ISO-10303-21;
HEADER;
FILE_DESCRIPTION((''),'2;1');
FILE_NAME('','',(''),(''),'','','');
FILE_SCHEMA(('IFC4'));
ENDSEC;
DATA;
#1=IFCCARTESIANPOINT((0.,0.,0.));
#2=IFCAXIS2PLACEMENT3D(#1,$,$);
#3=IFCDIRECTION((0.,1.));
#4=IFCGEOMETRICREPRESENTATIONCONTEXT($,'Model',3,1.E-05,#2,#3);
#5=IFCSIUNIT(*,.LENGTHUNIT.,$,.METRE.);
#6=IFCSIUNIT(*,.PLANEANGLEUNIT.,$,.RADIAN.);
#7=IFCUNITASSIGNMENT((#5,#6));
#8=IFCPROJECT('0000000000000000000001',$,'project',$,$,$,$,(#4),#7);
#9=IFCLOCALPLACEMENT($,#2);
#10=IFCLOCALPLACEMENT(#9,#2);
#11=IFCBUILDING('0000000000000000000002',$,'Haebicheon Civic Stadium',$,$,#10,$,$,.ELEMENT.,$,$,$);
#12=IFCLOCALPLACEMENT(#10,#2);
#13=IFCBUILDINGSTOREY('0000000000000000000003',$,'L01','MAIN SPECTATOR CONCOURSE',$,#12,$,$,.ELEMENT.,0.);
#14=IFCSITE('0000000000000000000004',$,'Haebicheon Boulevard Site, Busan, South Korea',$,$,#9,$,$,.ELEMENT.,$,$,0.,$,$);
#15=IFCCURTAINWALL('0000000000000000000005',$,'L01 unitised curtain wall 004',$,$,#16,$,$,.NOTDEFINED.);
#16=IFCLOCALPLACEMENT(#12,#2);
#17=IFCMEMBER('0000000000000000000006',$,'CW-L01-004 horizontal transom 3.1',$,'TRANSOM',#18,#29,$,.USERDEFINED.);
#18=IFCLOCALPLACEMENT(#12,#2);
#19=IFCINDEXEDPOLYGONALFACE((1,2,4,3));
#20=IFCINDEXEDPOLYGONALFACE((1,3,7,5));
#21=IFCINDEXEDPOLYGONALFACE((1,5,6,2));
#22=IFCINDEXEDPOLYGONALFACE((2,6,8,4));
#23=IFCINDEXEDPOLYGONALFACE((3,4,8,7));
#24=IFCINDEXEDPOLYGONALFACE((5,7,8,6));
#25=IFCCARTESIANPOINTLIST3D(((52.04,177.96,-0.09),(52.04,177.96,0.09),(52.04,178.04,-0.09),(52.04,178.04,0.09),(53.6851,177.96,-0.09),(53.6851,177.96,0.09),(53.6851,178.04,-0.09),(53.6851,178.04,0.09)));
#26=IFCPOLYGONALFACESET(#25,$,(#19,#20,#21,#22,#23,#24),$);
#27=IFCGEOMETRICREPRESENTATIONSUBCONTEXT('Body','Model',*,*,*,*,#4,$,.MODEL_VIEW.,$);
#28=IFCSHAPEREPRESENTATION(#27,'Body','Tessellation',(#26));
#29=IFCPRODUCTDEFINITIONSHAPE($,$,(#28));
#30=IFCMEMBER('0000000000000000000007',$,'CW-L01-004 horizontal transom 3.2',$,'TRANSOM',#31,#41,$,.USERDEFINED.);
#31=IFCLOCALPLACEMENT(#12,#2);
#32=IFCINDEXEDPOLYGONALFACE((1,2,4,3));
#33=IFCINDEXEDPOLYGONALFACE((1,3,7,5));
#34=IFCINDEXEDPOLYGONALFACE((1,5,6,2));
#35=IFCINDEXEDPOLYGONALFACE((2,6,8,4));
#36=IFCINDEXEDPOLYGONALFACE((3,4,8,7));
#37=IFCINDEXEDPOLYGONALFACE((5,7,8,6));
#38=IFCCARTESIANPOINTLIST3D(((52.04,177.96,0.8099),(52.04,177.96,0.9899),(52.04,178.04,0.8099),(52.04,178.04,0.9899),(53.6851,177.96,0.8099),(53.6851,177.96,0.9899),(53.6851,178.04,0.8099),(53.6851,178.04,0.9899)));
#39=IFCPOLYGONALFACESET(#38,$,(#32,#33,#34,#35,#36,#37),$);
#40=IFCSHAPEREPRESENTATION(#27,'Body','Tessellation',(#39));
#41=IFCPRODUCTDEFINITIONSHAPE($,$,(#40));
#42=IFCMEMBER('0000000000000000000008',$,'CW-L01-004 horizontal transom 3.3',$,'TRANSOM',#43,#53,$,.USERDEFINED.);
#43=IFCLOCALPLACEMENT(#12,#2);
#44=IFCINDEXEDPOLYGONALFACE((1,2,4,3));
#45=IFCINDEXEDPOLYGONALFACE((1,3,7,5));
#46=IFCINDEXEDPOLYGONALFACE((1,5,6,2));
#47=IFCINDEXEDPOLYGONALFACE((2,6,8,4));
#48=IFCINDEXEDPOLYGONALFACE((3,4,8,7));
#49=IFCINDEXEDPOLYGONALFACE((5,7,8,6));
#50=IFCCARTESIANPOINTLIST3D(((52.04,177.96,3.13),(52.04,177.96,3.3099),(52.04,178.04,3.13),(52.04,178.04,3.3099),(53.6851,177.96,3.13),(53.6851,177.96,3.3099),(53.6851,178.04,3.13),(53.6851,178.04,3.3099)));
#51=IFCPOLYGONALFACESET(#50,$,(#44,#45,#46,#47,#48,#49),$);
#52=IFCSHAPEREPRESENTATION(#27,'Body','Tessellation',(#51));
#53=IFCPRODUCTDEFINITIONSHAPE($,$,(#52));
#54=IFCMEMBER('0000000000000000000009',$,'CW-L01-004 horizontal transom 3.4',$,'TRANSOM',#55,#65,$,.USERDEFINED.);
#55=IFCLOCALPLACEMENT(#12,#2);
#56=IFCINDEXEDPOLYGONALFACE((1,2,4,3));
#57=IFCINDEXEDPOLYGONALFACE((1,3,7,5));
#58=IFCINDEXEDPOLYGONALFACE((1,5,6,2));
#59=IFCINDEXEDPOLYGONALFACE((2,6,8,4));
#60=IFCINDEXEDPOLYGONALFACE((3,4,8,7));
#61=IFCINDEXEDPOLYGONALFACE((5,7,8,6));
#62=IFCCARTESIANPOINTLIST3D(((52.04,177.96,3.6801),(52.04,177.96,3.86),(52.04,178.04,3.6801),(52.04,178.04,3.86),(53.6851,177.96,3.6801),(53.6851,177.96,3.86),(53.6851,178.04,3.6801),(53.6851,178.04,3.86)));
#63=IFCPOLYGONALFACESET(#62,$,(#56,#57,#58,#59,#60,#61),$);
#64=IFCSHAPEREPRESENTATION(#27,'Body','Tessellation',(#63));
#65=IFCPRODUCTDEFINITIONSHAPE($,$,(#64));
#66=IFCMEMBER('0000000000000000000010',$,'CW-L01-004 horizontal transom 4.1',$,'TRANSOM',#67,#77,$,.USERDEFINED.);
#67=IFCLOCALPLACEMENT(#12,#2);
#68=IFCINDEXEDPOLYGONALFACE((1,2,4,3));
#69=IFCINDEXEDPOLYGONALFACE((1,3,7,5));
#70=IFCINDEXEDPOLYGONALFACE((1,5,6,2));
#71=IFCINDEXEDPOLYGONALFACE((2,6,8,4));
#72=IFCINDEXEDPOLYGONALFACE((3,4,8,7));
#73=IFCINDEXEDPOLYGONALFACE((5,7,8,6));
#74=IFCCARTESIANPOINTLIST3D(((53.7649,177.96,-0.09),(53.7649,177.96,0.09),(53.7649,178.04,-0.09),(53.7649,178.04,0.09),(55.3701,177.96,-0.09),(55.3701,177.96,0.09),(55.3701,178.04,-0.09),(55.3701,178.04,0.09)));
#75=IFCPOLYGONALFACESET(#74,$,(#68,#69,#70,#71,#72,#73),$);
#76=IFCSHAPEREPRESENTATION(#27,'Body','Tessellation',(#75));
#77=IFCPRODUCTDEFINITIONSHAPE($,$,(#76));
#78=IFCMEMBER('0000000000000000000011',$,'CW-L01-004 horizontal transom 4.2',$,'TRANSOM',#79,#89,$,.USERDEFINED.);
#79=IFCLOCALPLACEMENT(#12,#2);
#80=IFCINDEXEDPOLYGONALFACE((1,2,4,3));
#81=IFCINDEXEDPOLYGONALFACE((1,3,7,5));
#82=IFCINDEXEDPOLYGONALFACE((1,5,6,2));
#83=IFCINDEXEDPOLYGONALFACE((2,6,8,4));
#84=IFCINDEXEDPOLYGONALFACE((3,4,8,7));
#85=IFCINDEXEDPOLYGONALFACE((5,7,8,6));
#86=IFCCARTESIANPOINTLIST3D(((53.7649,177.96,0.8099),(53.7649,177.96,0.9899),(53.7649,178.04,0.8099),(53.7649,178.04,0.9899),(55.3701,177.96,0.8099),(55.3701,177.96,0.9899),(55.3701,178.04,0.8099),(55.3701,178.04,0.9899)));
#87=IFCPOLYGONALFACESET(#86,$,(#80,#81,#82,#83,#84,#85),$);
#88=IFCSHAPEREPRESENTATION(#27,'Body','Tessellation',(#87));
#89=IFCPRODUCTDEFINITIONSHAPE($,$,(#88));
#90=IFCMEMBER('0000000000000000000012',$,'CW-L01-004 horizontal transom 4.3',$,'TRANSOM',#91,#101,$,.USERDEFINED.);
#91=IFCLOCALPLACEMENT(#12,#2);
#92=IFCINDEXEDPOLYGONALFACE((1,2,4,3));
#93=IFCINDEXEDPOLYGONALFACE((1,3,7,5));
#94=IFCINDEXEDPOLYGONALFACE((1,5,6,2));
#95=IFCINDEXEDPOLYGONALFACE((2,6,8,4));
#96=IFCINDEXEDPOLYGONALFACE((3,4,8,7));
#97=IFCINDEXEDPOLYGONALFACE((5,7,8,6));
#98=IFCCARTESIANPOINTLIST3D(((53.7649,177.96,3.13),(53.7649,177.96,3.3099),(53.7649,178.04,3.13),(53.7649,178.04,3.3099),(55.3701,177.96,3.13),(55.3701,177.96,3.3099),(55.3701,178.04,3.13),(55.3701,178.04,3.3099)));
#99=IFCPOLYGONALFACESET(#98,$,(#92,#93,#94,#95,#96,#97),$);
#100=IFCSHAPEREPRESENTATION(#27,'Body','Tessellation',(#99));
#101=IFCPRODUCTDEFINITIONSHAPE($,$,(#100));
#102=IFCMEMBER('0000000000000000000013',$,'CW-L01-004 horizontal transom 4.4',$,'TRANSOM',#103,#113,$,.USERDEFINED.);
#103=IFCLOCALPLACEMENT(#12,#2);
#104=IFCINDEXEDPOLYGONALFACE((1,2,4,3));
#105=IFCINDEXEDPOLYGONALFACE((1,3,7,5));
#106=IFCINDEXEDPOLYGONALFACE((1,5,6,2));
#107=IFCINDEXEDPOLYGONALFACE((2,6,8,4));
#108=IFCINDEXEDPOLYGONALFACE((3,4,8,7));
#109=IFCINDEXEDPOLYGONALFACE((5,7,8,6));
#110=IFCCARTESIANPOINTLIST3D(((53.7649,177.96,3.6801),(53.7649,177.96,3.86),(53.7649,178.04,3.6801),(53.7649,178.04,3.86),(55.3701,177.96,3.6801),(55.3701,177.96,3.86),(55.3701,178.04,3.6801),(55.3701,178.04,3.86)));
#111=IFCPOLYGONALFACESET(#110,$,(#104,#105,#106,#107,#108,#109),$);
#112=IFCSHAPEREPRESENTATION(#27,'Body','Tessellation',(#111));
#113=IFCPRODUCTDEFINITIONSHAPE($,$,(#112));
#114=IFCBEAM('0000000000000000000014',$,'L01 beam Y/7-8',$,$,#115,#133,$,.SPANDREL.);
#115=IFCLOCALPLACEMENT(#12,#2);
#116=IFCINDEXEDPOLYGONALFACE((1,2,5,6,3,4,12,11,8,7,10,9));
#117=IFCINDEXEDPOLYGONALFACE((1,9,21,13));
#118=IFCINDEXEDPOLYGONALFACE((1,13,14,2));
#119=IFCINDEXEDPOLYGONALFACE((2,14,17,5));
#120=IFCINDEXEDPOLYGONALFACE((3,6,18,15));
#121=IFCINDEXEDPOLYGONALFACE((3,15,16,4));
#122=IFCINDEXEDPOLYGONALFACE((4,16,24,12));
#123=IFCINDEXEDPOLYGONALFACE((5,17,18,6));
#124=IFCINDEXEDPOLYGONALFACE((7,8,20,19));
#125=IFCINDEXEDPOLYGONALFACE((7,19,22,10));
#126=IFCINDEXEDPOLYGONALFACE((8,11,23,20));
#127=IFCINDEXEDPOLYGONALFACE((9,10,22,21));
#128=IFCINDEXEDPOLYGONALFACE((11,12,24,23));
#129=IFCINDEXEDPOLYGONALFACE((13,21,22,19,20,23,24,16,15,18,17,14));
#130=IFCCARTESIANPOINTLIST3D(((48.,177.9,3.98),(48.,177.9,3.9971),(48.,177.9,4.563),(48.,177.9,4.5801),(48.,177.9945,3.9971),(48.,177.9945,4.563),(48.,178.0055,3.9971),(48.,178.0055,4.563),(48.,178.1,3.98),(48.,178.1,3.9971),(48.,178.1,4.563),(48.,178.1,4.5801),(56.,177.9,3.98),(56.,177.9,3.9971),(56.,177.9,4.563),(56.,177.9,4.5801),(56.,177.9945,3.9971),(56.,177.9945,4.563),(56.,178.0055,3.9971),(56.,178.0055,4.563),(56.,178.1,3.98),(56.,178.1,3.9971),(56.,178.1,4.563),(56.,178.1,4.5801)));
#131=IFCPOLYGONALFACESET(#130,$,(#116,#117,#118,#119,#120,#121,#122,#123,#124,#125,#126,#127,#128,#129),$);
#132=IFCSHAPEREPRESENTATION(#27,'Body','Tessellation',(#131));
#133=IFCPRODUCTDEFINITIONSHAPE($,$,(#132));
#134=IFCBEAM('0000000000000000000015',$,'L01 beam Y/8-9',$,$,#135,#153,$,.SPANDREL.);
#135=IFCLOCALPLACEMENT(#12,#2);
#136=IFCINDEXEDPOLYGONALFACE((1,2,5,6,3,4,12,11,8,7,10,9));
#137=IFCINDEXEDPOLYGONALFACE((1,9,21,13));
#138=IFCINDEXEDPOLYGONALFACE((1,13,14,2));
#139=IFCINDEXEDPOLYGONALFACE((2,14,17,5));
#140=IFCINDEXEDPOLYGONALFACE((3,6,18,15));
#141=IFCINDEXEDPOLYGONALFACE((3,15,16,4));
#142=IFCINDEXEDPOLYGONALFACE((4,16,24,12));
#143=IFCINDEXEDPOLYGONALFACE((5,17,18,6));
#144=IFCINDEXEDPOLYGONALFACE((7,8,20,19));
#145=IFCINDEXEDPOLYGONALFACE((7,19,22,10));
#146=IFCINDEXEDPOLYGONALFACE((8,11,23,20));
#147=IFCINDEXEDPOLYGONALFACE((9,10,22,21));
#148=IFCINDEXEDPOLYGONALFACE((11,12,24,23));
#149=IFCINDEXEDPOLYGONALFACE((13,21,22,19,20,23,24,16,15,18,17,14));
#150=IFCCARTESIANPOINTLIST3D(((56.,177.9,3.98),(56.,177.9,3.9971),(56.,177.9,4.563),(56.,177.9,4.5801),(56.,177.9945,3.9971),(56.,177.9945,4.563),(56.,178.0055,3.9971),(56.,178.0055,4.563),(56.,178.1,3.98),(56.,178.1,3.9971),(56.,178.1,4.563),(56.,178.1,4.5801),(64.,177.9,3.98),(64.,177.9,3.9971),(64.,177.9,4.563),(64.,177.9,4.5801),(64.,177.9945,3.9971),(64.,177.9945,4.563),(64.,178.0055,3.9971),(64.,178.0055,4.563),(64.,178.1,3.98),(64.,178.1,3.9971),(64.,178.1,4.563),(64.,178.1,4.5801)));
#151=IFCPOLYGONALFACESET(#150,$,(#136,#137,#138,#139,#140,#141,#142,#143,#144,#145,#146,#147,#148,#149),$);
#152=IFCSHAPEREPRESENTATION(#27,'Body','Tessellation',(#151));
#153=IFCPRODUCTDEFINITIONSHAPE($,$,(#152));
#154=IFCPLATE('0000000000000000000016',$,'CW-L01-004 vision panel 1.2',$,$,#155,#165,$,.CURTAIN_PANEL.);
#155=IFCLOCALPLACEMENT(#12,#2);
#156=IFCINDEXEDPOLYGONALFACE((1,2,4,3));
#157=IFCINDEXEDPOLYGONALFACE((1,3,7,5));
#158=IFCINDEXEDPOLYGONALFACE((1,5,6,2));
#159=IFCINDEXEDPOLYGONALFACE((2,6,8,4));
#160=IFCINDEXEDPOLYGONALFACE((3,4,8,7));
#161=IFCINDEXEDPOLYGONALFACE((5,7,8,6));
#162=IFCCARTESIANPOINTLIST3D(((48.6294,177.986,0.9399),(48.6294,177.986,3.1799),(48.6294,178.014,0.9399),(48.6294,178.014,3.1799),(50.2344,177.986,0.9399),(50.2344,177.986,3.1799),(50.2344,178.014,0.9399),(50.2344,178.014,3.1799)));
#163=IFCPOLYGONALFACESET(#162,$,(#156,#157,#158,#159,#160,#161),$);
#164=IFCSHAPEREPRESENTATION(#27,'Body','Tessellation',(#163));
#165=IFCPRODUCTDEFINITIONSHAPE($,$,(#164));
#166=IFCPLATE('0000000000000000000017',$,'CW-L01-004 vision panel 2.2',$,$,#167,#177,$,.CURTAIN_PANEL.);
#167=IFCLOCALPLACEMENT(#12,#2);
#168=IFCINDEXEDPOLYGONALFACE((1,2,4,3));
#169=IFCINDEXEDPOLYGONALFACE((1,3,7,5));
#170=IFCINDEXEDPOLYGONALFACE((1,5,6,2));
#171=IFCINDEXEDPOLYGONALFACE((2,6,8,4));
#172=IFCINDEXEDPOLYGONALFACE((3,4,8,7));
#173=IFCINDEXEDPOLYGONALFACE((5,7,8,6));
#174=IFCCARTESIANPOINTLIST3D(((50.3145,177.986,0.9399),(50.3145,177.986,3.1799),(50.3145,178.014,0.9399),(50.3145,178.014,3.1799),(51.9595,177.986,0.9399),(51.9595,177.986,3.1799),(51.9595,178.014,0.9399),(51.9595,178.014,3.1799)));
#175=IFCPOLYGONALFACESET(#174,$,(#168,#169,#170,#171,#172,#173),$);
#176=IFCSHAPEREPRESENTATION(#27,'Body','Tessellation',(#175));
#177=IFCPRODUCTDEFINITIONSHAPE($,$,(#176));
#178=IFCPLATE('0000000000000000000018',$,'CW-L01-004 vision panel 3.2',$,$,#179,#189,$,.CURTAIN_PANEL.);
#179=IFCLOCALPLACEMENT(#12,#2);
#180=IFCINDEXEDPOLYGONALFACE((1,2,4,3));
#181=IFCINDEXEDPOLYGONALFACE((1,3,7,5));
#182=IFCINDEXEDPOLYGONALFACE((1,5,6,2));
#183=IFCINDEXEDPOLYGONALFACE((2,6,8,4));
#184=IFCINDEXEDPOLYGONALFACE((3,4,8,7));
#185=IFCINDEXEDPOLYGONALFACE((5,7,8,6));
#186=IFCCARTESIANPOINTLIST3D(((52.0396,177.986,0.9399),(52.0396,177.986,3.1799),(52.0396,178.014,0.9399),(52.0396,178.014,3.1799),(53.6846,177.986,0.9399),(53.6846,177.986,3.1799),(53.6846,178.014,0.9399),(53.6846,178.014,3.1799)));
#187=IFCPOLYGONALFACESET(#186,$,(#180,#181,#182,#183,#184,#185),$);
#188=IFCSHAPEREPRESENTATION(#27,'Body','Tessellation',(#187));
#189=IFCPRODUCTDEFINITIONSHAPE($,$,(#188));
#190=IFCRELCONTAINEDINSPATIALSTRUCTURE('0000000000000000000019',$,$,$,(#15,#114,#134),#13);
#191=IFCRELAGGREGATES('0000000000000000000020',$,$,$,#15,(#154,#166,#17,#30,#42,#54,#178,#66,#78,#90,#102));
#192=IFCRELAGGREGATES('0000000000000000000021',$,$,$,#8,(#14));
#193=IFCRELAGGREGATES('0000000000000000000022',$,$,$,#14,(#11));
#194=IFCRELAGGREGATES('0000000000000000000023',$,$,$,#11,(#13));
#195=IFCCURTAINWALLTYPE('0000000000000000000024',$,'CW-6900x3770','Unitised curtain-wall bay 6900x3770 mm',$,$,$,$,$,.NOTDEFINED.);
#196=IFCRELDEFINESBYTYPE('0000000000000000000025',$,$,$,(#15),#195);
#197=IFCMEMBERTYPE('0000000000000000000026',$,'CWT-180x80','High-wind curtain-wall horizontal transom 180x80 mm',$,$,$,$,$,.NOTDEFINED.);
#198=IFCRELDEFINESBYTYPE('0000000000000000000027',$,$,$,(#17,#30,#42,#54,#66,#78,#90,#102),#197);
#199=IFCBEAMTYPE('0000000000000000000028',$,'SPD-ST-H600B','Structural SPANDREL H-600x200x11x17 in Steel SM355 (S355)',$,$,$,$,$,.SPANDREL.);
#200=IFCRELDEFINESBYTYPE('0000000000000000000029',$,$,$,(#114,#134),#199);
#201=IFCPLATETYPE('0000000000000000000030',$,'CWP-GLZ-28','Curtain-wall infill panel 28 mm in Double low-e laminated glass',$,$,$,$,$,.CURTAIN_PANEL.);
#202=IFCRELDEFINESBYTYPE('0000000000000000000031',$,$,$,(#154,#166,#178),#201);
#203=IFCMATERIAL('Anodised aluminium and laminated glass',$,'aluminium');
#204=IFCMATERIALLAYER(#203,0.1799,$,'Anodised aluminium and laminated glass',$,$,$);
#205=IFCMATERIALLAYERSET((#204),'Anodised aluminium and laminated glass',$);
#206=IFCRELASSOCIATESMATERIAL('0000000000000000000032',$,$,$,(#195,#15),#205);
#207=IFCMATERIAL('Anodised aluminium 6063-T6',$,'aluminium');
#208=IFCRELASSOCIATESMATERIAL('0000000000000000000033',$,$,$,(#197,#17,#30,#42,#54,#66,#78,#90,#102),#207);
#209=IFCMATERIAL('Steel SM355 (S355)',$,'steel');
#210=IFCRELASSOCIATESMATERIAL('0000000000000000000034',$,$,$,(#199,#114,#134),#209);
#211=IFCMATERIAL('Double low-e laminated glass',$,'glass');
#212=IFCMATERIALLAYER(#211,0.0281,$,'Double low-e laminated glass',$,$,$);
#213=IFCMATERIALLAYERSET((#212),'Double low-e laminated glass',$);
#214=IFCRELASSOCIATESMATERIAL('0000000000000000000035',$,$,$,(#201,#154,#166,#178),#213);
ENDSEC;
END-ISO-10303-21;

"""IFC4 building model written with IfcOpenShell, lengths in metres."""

from ifc_helpers import new_model, si_unit, direction, frame, origin, origin_2d, place, context, subcontext, project, spatial, rectangle, i_section, extrude, material, layer, layer_set, material_profile, profile_set, type_object, element, aggregate, save


model = new_model("IFC4")

# Units and contexts
model_context = context("Model", 3, precision=1e-05, world=origin(), true_north=direction((0.0, 1.0)))
body_context = subcontext(model_context, "Body", "Model", "MODEL_VIEW")
ifc_project = project(units=[si_unit("LENGTHUNIT", "METRE"), si_unit("PLANEANGLEUNIT", "RADIAN")], contexts=[model_context])

# Site, building, storey
site_placement = place(None, origin())
site = spatial("IfcSite", under=ifc_project, at=site_placement, Name="Haebicheon Boulevard Site, Busan, South Korea", CompositionType="ELEMENT", RefElevation=0.0)
building_placement = place(site_placement, origin())
building = spatial("IfcBuilding", under=site, at=building_placement, Name="Haebicheon Civic Stadium", CompositionType="ELEMENT")
storey_placement = place(building_placement, origin())
storey = spatial("IfcBuildingStorey", under=building, at=storey_placement, Name="L01", Description="MAIN SPECTATOR CONCOURSE", CompositionType="ELEMENT", Elevation=0.0)

# Curtain wall, members
ifc_material_1 = material(Name="Anodised aluminium and laminated glass", Category="aluminium")
ifc_layer_1 = layer(ifc_material_1, 0.1799, Name="Anodised aluminium and laminated glass")
ifc_layer_set_1 = layer_set([ifc_layer_1], Name="Anodised aluminium and laminated glass")
curtain_wall_type = type_object("IfcCurtainWallType", Name="CW-6900x3770", Description="Unitised curtain-wall bay 6900x3770 mm", PredefinedType="NOTDEFINED", material=ifc_layer_set_1)
curtain_wall_placement = place(storey_placement, origin())
curtain_wall = element("IfcCurtainWall", 1, at=curtain_wall_placement, inside=storey, type_object=curtain_wall_type, material=ifc_layer_set_1, Name="L01 unitised curtain wall 004", PredefinedType="NOTDEFINED")
ifc_material_2 = material(Name="Anodised aluminium 6063-T6", Category="aluminium")
ifc_material_profile_1 = material_profile(ifc_material_2, rectangle(XDim=0.0801, YDim=0.1799, at=origin_2d()), Name="ALU-TRAN-80x180")
ifc_profile_set_1 = profile_set([ifc_material_profile_1], Name="Anodised aluminium 6063-T6")
member_type_1 = type_object("IfcMemberType", Name="CWT-180x80", Description="High-wind curtain-wall horizontal transom 180x80 mm", PredefinedType="NOTDEFINED", material=ifc_profile_set_1)
member_1_placement = place(storey_placement, frame((52.04, 178.0, 0.0), z_axis=(1.0, 0.0, 0.0), x_axis=(0.0, 1.0, 0.0)))
member_1 = element("IfcMember", 2, at=member_1_placement, type_object=member_type_1, material=ifc_profile_set_1, Name="CW-L01-004 horizontal transom 3.1", ObjectType="TRANSOM", PredefinedType="USERDEFINED", context=body_context, shape_type="SweptSolid", body=[
    extrude(rectangle(XDim=0.0801, YDim=0.1799, at=origin_2d()), origin(), (0.0, 0.0, 1.0), 1.645),
])
member_2_placement = place(storey_placement, frame((52.04, 178.0, 0.8999), z_axis=(1.0, 0.0, 0.0), x_axis=(0.0, 1.0, 0.0)))
member_2 = element("IfcMember", 3, at=member_2_placement, type_object=member_type_1, material=ifc_profile_set_1, Name="CW-L01-004 horizontal transom 3.2", ObjectType="TRANSOM", PredefinedType="USERDEFINED", context=body_context, shape_type="SweptSolid", body=[
    extrude(rectangle(XDim=0.0801, YDim=0.1799, at=origin_2d()), origin(), (0.0, 0.0, 1.0), 1.645),
])
member_3_placement = place(storey_placement, frame((52.04, 178.0, 3.22), z_axis=(1.0, 0.0, 0.0), x_axis=(0.0, 1.0, 0.0)))
member_3 = element("IfcMember", 4, at=member_3_placement, type_object=member_type_1, material=ifc_profile_set_1, Name="CW-L01-004 horizontal transom 3.3", ObjectType="TRANSOM", PredefinedType="USERDEFINED", context=body_context, shape_type="SweptSolid", body=[
    extrude(rectangle(XDim=0.0801, YDim=0.1799, at=origin_2d()), origin(), (0.0, 0.0, 1.0), 1.645),
])
member_4_placement = place(storey_placement, frame((52.04, 178.0, 3.77), z_axis=(1.0, 0.0, 0.0), x_axis=(0.0, 1.0, 0.0)))
member_4 = element("IfcMember", 5, at=member_4_placement, type_object=member_type_1, material=ifc_profile_set_1, Name="CW-L01-004 horizontal transom 3.4", ObjectType="TRANSOM", PredefinedType="USERDEFINED", context=body_context, shape_type="SweptSolid", body=[
    extrude(rectangle(XDim=0.0801, YDim=0.1799, at=origin_2d()), origin(), (0.0, 0.0, 1.0), 1.645),
])
member_5_placement = place(storey_placement, frame((53.7649, 178.0, 0.0), z_axis=(1.0, 0.0, 0.0), x_axis=(0.0, 1.0, 0.0)))
member_5 = element("IfcMember", 6, at=member_5_placement, type_object=member_type_1, material=ifc_profile_set_1, Name="CW-L01-004 horizontal transom 4.1", ObjectType="TRANSOM", PredefinedType="USERDEFINED", context=body_context, shape_type="SweptSolid", body=[
    extrude(rectangle(XDim=0.0801, YDim=0.1799, at=origin_2d()), origin(), (0.0, 0.0, 1.0), 1.6052),
])
member_6_placement = place(storey_placement, frame((53.7649, 178.0, 0.8999), z_axis=(1.0, 0.0, 0.0), x_axis=(0.0, 1.0, 0.0)))
member_6 = element("IfcMember", 7, at=member_6_placement, type_object=member_type_1, material=ifc_profile_set_1, Name="CW-L01-004 horizontal transom 4.2", ObjectType="TRANSOM", PredefinedType="USERDEFINED", context=body_context, shape_type="SweptSolid", body=[
    extrude(rectangle(XDim=0.0801, YDim=0.1799, at=origin_2d()), origin(), (0.0, 0.0, 1.0), 1.6052),
])
member_7_placement = place(storey_placement, frame((53.7649, 178.0, 3.22), z_axis=(1.0, 0.0, 0.0), x_axis=(0.0, 1.0, 0.0)))
member_7 = element("IfcMember", 8, at=member_7_placement, type_object=member_type_1, material=ifc_profile_set_1, Name="CW-L01-004 horizontal transom 4.3", ObjectType="TRANSOM", PredefinedType="USERDEFINED", context=body_context, shape_type="SweptSolid", body=[
    extrude(rectangle(XDim=0.0801, YDim=0.1799, at=origin_2d()), origin(), (0.0, 0.0, 1.0), 1.6052),
])
member_8_placement = place(storey_placement, frame((53.7649, 178.0, 3.77), z_axis=(1.0, 0.0, 0.0), x_axis=(0.0, 1.0, 0.0)))
member_8 = element("IfcMember", 9, at=member_8_placement, type_object=member_type_1, material=ifc_profile_set_1, Name="CW-L01-004 horizontal transom 4.4", ObjectType="TRANSOM", PredefinedType="USERDEFINED", context=body_context, shape_type="SweptSolid", body=[
    extrude(rectangle(XDim=0.0801, YDim=0.1799, at=origin_2d()), origin(), (0.0, 0.0, 1.0), 1.6052),
])

# Beams
ifc_material_3 = material(Name="Steel SM355 (S355)", Category="steel")
ifc_material_profile_2 = material_profile(ifc_material_3, i_section(OverallWidth=0.2, OverallDepth=0.6001, WebThickness=0.011, FlangeThickness=0.0171, at=origin_2d()), Name="H-600x200x11x17")
ifc_profile_set_2 = profile_set([ifc_material_profile_2], Name="Steel SM355 (S355)")
beam_type = type_object("IfcBeamType", Name="SPD-ST-H600B", Description="Structural SPANDREL H-600x200x11x17 in Steel SM355 (S355)", PredefinedType="SPANDREL", material=ifc_profile_set_2)
for number, where, z_axis, x_axis, name in (
    (10, (48.0, 178.0, 4.28), (1.0, 0.0, 0.0), (0.0, 1.0, 0.0), "L01 beam Y/7-8"),
    (11, (56.0, 178.0, 4.28), (1.0, 0.0, 0.0), (0.0, 1.0, 0.0), "L01 beam Y/8-9"),
):
    element("IfcBeam", number, at=place(storey_placement, frame(where, z_axis=z_axis, x_axis=x_axis)), inside=storey, type_object=beam_type, material=ifc_profile_set_2, Name=name, PredefinedType="SPANDREL", context=body_context, shape_type="SweptSolid", body=[
        extrude(i_section(OverallWidth=0.2, OverallDepth=0.6001, WebThickness=0.011, FlangeThickness=0.0171, at=origin_2d()), origin(), (0.0, 0.0, 1.0), 8.0),
    ])

# Plates
ifc_material_4 = material(Name="Double low-e laminated glass", Category="glass")
ifc_layer_2 = layer(ifc_material_4, 0.0281, Name="Double low-e laminated glass")
ifc_layer_set_2 = layer_set([ifc_layer_2], Name="Double low-e laminated glass")
plate_type_1 = type_object("IfcPlateType", Name="CWP-GLZ-28", Description="Curtain-wall infill panel 28 mm in Double low-e laminated glass", PredefinedType="CURTAIN_PANEL", material=ifc_layer_set_2)
plate_1_placement = place(storey_placement, frame((49.4319, 178.0, 0.9399), z_axis=(0.0, 0.0, 1.0), x_axis=(1.0, 0.0, 0.0)))
plate_1 = element("IfcPlate", 12, at=plate_1_placement, type_object=plate_type_1, material=ifc_layer_set_2, Name="CW-L01-004 vision panel 1.2", PredefinedType="CURTAIN_PANEL", context=body_context, shape_type="SweptSolid", body=[
    extrude(rectangle(XDim=1.605, YDim=0.0281, at=origin_2d()), origin(), (0.0, 0.0, 1.0), 2.24),
])
plate_2_placement = place(storey_placement, frame((51.137, 178.0, 0.9399), z_axis=(0.0, 0.0, 1.0), x_axis=(1.0, 0.0, 0.0)))
plate_2 = element("IfcPlate", 13, at=plate_2_placement, type_object=plate_type_1, material=ifc_layer_set_2, Name="CW-L01-004 vision panel 2.2", PredefinedType="CURTAIN_PANEL", context=body_context, shape_type="SweptSolid", body=[
    extrude(rectangle(XDim=1.645, YDim=0.0281, at=origin_2d()), origin(), (0.0, 0.0, 1.0), 2.24),
])
plate_3_placement = place(storey_placement, frame((52.8621, 178.0, 0.9399), z_axis=(0.0, 0.0, 1.0), x_axis=(1.0, 0.0, 0.0)))
plate_3 = element("IfcPlate", 14, at=plate_3_placement, type_object=plate_type_1, material=ifc_layer_set_2, Name="CW-L01-004 vision panel 3.2", PredefinedType="CURTAIN_PANEL", context=body_context, shape_type="SweptSolid", body=[
    extrude(rectangle(XDim=1.645, YDim=0.0281, at=origin_2d()), origin(), (0.0, 0.0, 1.0), 2.24),
])
aggregate(curtain_wall, [plate_1, plate_2, member_1, member_2, member_3, member_4, plate_3, member_5, member_6, member_7, member_8])

save(model, "model.ifc")
